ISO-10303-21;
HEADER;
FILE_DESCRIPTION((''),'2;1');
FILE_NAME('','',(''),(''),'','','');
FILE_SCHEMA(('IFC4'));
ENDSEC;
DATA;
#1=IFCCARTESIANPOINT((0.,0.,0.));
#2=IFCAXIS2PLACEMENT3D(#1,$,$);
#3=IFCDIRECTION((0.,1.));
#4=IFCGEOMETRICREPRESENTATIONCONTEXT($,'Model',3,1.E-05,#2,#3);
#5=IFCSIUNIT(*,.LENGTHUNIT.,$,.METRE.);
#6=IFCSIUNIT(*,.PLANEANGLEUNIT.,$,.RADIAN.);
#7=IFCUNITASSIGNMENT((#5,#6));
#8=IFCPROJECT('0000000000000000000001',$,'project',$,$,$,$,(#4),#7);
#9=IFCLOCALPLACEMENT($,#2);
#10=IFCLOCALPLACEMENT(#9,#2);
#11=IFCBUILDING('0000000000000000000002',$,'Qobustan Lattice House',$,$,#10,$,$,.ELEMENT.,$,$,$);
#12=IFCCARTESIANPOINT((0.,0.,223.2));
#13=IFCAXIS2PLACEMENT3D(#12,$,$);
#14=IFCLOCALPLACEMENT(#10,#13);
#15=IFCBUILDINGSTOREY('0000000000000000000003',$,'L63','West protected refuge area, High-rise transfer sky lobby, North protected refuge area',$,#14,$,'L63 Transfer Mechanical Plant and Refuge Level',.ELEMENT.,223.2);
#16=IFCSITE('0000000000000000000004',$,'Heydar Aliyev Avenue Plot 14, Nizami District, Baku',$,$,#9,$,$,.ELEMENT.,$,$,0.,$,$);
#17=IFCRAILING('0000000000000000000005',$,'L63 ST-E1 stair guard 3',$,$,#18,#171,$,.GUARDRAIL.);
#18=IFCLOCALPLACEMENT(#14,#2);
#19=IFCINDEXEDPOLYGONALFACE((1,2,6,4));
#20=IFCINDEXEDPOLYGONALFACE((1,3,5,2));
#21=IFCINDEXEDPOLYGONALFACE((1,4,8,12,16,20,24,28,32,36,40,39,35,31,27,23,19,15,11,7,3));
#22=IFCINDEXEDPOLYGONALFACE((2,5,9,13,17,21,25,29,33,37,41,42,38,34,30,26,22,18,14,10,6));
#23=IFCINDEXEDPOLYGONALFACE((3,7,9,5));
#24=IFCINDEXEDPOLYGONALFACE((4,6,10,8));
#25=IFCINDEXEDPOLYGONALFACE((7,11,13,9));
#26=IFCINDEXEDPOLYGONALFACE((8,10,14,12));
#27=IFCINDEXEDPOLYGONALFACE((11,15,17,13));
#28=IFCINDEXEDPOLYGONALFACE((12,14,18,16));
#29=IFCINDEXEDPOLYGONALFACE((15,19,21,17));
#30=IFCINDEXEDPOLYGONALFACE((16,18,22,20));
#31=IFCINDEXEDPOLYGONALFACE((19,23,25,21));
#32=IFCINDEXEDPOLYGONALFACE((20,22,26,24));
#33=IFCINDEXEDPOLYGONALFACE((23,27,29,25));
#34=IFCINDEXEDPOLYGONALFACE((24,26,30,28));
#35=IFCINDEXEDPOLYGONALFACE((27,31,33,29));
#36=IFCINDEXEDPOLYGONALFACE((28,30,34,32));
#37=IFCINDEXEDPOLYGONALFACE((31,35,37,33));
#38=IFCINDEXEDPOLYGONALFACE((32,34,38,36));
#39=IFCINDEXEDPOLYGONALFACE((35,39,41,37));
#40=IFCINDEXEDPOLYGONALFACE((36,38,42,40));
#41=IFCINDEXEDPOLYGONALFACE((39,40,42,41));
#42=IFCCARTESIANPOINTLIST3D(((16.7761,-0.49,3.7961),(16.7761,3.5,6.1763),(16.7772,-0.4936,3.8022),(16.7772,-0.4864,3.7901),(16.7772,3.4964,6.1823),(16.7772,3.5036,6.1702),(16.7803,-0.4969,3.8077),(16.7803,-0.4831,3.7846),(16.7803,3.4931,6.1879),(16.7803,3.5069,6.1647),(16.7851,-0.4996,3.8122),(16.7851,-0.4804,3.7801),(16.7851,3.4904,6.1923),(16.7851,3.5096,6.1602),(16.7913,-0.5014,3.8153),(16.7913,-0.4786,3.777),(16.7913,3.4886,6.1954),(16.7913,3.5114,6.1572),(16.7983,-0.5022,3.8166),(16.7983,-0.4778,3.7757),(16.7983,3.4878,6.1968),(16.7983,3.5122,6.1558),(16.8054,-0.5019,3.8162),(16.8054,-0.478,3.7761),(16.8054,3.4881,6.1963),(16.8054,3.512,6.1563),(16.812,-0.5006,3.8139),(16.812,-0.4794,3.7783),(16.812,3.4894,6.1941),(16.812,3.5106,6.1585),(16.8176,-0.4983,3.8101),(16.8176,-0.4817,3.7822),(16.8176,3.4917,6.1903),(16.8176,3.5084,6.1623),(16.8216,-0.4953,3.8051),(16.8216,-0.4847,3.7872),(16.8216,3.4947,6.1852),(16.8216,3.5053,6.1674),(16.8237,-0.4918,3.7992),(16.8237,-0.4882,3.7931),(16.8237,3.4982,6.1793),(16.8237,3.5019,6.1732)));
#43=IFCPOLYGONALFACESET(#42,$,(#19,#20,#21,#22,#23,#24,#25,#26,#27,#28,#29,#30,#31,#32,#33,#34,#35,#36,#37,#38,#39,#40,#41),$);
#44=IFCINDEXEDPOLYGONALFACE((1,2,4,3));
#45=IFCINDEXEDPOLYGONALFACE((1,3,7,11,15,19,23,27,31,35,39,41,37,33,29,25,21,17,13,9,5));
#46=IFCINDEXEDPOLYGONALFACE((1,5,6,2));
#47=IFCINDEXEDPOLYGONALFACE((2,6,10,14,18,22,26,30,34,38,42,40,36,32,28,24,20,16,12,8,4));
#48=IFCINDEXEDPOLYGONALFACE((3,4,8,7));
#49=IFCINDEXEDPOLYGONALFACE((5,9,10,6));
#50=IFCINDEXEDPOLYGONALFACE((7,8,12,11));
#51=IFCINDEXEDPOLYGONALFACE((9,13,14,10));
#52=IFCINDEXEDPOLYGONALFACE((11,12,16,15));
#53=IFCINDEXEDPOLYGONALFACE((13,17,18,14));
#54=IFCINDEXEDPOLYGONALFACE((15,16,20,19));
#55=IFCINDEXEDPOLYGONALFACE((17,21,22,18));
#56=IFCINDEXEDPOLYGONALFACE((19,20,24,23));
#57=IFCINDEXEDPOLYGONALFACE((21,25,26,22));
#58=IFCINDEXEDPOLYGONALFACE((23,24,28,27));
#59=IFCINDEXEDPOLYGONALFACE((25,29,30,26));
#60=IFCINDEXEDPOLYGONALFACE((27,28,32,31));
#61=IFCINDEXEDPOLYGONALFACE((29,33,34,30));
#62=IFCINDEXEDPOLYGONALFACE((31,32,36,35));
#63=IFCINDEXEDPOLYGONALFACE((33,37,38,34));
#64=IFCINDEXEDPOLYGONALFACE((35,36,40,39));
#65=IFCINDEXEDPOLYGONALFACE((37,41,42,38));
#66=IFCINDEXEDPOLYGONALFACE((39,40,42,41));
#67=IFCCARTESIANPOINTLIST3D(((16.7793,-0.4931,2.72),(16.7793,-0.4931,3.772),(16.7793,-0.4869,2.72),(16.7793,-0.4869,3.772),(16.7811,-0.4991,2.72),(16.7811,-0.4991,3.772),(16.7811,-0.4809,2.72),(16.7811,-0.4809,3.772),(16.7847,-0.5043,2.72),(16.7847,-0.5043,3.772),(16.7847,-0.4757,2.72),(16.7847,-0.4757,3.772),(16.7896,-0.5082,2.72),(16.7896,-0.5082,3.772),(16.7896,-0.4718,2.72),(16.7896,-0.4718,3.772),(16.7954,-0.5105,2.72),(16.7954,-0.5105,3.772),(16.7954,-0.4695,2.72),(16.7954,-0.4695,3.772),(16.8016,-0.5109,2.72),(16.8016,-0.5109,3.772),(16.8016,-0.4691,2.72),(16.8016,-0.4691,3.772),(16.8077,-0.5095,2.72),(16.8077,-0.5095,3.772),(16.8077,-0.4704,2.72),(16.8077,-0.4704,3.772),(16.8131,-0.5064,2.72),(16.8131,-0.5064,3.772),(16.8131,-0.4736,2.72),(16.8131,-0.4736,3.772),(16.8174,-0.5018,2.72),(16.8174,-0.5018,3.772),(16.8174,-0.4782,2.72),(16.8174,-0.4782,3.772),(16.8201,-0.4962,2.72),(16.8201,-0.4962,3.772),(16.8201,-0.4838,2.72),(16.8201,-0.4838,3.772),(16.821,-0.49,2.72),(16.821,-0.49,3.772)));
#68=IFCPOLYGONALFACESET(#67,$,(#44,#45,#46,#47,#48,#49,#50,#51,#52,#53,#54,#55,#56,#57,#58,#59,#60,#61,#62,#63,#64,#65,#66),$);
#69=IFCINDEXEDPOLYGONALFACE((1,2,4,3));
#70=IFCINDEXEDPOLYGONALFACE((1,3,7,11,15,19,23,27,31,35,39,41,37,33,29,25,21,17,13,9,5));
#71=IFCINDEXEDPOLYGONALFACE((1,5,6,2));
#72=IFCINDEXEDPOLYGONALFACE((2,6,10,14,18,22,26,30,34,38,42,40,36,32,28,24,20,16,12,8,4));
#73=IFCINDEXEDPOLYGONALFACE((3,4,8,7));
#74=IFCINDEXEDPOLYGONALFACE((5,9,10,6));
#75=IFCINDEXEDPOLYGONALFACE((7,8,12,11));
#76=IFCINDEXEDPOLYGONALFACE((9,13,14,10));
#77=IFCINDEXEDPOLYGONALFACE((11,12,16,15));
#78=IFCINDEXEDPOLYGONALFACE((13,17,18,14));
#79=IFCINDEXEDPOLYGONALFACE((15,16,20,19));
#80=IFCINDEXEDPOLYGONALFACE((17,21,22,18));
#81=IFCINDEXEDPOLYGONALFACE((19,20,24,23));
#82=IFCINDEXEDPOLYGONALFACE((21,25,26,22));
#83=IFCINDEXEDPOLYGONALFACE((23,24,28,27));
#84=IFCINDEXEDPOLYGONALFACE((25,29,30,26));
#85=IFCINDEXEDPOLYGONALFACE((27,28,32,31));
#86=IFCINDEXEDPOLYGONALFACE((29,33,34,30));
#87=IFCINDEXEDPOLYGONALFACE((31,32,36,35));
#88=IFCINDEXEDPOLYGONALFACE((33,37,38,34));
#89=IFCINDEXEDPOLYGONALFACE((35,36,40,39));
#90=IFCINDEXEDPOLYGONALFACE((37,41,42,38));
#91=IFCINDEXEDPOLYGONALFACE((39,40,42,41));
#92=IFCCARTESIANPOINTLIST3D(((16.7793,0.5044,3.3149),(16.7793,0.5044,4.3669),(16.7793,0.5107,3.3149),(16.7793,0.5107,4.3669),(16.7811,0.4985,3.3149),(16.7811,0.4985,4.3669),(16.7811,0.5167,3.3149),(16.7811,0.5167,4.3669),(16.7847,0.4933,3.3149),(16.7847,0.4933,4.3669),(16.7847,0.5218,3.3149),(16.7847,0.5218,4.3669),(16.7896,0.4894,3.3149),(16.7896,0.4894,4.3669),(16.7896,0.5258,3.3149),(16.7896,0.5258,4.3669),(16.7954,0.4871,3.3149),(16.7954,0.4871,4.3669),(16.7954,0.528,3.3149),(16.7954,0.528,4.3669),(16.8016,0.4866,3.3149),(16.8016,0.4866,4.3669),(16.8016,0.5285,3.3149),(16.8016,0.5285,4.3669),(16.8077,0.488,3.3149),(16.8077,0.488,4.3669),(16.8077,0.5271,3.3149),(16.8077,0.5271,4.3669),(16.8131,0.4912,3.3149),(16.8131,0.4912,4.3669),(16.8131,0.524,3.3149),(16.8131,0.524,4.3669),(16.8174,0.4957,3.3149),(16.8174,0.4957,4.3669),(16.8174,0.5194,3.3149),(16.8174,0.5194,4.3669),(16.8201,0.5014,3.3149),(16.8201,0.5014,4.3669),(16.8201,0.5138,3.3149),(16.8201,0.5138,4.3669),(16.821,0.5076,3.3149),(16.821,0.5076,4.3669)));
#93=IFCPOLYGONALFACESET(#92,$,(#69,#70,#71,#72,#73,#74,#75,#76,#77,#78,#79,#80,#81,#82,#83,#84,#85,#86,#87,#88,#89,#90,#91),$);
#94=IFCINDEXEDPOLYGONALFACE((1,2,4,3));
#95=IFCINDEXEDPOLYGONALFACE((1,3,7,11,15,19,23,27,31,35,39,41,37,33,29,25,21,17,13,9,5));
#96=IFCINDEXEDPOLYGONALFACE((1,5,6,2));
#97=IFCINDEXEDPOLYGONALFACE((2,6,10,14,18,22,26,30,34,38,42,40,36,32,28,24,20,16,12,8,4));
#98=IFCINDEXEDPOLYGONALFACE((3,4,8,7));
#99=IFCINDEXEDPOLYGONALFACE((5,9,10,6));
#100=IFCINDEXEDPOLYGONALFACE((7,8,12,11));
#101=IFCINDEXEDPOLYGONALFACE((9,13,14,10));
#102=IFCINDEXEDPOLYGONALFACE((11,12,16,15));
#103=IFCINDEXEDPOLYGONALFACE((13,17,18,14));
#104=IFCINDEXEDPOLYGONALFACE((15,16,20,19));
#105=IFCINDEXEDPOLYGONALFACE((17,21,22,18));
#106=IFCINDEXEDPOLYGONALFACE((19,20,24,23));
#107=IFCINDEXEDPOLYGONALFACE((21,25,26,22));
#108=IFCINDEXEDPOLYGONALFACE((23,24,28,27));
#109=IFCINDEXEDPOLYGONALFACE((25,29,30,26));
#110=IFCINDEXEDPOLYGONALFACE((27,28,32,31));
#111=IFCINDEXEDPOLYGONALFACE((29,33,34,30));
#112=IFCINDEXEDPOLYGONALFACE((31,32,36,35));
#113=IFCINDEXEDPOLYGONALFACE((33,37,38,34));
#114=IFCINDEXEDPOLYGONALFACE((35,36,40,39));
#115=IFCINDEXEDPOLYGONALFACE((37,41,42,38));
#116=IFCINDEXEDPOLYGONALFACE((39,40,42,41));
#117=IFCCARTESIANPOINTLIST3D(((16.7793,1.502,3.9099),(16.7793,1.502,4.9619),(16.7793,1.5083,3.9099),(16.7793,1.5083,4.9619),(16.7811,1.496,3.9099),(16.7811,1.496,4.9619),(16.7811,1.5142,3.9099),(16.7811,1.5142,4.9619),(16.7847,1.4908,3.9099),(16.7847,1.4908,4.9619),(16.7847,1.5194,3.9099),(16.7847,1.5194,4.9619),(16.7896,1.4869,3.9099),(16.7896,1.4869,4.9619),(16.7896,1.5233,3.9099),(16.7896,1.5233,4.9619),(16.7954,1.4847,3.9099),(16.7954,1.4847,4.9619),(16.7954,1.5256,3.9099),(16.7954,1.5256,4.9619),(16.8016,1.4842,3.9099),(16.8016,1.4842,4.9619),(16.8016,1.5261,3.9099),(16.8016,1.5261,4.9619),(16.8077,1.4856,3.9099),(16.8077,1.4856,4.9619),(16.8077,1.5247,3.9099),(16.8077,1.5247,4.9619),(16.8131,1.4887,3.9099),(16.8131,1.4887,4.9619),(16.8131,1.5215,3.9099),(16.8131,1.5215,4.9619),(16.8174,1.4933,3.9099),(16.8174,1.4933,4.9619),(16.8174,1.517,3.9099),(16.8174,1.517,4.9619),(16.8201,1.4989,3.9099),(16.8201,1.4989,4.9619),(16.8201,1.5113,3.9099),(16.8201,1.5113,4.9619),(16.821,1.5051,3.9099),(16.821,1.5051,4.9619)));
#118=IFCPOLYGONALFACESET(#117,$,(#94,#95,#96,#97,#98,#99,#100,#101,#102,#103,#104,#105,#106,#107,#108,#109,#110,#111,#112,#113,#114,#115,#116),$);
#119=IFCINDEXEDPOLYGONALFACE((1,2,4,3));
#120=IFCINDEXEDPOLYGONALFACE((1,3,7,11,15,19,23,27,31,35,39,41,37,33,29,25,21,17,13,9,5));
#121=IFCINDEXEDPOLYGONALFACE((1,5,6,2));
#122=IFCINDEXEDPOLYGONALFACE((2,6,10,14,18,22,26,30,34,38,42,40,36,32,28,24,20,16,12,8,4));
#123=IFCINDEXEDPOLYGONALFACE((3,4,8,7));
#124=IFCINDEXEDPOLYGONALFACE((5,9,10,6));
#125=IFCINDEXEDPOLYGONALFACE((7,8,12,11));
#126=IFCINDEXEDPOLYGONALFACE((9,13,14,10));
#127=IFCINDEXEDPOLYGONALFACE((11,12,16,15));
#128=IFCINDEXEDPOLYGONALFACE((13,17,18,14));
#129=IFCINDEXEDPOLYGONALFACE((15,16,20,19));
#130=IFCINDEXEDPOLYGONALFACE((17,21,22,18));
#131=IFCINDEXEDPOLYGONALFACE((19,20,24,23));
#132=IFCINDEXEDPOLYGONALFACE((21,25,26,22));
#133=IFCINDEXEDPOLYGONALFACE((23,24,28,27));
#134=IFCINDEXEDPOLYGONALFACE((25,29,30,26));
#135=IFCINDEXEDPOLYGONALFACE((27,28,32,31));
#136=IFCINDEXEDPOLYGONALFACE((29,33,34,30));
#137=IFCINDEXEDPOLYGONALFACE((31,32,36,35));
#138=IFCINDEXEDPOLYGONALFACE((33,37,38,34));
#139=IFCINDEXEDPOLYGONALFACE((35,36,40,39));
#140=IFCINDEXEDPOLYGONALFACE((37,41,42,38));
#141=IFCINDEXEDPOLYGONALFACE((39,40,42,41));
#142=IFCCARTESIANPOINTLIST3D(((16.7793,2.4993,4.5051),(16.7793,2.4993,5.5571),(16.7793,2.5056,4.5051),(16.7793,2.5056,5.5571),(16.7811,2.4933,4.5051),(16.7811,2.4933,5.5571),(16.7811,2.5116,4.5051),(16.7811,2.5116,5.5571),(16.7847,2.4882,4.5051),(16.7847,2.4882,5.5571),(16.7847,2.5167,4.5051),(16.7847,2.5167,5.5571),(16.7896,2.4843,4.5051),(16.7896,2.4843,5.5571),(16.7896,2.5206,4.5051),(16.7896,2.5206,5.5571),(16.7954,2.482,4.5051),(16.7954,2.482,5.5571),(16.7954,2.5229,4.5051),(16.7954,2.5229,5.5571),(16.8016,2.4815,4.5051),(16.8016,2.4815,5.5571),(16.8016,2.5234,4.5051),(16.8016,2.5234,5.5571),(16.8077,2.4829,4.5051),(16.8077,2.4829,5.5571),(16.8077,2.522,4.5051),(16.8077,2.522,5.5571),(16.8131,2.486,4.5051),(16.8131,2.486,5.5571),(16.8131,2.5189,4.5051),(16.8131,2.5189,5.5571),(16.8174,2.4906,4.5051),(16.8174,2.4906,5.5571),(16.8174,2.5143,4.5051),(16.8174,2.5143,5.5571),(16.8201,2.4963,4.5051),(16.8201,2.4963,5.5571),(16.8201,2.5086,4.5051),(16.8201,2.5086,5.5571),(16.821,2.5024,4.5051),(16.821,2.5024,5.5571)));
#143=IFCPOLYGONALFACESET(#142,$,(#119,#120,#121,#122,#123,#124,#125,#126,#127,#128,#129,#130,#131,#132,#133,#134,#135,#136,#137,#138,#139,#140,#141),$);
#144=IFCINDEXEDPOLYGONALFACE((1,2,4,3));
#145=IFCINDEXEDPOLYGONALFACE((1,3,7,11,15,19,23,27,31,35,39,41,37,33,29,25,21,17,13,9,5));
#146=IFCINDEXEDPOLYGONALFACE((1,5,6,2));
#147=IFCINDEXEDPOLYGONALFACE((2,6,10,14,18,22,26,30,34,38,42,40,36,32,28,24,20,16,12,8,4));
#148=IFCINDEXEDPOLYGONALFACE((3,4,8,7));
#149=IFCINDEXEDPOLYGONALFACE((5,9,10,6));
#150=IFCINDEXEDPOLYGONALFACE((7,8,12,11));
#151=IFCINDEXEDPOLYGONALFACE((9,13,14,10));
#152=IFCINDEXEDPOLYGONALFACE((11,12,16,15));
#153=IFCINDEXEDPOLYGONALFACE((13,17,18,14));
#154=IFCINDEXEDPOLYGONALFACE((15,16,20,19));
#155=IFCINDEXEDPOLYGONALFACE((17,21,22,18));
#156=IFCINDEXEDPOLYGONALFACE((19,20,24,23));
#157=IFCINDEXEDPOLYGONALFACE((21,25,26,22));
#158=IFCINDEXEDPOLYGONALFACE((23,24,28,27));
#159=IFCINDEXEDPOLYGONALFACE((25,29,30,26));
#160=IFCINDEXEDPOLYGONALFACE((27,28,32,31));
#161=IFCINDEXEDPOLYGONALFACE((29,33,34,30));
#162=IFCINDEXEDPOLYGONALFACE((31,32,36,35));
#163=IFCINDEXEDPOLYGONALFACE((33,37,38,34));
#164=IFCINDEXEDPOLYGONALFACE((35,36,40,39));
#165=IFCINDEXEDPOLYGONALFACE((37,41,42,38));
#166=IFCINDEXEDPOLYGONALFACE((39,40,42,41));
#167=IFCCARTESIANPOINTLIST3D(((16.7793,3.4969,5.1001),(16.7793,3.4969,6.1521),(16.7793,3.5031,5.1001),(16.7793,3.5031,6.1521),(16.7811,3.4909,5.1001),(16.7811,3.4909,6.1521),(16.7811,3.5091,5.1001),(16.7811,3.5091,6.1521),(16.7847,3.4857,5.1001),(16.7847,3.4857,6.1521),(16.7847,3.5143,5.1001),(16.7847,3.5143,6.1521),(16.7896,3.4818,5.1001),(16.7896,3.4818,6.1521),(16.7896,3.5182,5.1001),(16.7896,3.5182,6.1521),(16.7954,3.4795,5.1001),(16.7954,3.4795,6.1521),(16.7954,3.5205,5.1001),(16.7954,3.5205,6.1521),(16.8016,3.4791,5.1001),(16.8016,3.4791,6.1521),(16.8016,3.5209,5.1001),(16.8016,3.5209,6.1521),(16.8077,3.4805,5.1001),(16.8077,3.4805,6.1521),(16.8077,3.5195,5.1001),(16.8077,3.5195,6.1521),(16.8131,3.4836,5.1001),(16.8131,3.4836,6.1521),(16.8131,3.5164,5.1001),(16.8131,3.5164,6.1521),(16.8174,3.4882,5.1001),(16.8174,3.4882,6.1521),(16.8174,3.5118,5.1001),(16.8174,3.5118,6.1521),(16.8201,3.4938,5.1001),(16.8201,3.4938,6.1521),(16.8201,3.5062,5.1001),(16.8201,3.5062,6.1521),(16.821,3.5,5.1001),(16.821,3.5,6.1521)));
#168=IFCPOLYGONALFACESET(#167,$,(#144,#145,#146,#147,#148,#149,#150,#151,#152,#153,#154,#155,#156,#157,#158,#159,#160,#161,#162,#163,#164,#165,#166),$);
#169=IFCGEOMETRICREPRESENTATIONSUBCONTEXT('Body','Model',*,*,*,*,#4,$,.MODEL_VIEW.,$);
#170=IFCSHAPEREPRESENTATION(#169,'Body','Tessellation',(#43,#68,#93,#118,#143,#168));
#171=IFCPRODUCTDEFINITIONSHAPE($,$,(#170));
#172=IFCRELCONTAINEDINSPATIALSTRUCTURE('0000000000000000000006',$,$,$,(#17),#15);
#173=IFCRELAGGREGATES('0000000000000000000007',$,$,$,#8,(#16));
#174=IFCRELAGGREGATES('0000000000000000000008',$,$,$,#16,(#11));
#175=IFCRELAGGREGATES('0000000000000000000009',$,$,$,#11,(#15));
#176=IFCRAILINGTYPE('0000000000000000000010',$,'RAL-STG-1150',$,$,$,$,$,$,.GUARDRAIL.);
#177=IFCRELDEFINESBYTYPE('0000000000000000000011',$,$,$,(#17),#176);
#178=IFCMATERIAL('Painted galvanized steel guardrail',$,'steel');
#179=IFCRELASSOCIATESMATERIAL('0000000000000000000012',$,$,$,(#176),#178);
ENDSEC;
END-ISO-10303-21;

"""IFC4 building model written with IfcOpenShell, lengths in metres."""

from ifc_helpers import new_model, si_unit, direction, frame, origin, origin_2d, place, context, subcontext, project, spatial, circle, extrude, material, type_object, element, save


model = new_model("IFC4")

# Units and contexts
model_context = context("Model", 3, precision=1e-05, world=origin(), true_north=direction((0.0, 1.0)))
body_context = subcontext(model_context, "Body", "Model", "MODEL_VIEW")
ifc_project = project(units=[si_unit("LENGTHUNIT", "METRE"), si_unit("PLANEANGLEUNIT", "RADIAN")], contexts=[model_context])

# Site, building, storey
site_placement = place(None, origin())
site = spatial("IfcSite", under=ifc_project, at=site_placement, Name="Heydar Aliyev Avenue Plot 14, Nizami District, Baku", CompositionType="ELEMENT", RefElevation=0.0)
building_placement = place(site_placement, origin())
building = spatial("IfcBuilding", under=site, at=building_placement, Name="Qobustan Lattice House", CompositionType="ELEMENT")
storey_placement = place(building_placement, frame((0.0, 0.0, 223.2)))
storey = spatial("IfcBuildingStorey", under=building, at=storey_placement, Name="L63", Description="West protected refuge area, High-rise transfer sky lobby, North protected refuge area", LongName="L63 Transfer Mechanical Plant and Refuge Level", CompositionType="ELEMENT", Elevation=223.2)

# Railing
ifc_material_1 = material(Name="Painted galvanized steel guardrail", Category="steel")
railing_type_1 = type_object("IfcRailingType", Name="RAL-STG-1150", PredefinedType="GUARDRAIL", material=ifc_material_1)
railing_1_placement = place(storey_placement, frame((16.8, -0.49, 2.72)))
element("IfcRailing", 1, at=railing_1_placement, inside=storey, type_object=railing_type_1, Name="L63 ST-E1 stair guard 3", PredefinedType="GUARDRAIL", context=body_context, shape_type="SweptSolid", body=[
    extrude(circle(Radius=0.0239, at=origin_2d()), frame((0.0, 0.0, 1.0762), z_axis=(0.0, 0.858807, 0.512299), x_axis=(-1.0, 0.0, 0.0)), (0.0, 0.0, 1.0), 4.646),
    extrude(circle(Radius=0.021, at=origin_2d()), origin(), (0.0, 0.0, 1.0), 1.052),
    extrude(circle(Radius=0.021, at=origin_2d()), frame((0.0, 0.9976, 0.595)), (0.0, 0.0, 1.0), 1.052),
    extrude(circle(Radius=0.021, at=origin_2d()), frame((0.0, 1.9951, 1.1899)), (0.0, 0.0, 1.0), 1.052),
    extrude(circle(Radius=0.021, at=origin_2d()), frame((0.0, 2.9924, 1.7852)), (0.0, 0.0, 1.0), 1.052),
    extrude(circle(Radius=0.021, at=origin_2d()), frame((0.0, 3.99, 2.3801)), (0.0, 0.0, 1.0), 1.052),
])

save(model, "model.ifc")
